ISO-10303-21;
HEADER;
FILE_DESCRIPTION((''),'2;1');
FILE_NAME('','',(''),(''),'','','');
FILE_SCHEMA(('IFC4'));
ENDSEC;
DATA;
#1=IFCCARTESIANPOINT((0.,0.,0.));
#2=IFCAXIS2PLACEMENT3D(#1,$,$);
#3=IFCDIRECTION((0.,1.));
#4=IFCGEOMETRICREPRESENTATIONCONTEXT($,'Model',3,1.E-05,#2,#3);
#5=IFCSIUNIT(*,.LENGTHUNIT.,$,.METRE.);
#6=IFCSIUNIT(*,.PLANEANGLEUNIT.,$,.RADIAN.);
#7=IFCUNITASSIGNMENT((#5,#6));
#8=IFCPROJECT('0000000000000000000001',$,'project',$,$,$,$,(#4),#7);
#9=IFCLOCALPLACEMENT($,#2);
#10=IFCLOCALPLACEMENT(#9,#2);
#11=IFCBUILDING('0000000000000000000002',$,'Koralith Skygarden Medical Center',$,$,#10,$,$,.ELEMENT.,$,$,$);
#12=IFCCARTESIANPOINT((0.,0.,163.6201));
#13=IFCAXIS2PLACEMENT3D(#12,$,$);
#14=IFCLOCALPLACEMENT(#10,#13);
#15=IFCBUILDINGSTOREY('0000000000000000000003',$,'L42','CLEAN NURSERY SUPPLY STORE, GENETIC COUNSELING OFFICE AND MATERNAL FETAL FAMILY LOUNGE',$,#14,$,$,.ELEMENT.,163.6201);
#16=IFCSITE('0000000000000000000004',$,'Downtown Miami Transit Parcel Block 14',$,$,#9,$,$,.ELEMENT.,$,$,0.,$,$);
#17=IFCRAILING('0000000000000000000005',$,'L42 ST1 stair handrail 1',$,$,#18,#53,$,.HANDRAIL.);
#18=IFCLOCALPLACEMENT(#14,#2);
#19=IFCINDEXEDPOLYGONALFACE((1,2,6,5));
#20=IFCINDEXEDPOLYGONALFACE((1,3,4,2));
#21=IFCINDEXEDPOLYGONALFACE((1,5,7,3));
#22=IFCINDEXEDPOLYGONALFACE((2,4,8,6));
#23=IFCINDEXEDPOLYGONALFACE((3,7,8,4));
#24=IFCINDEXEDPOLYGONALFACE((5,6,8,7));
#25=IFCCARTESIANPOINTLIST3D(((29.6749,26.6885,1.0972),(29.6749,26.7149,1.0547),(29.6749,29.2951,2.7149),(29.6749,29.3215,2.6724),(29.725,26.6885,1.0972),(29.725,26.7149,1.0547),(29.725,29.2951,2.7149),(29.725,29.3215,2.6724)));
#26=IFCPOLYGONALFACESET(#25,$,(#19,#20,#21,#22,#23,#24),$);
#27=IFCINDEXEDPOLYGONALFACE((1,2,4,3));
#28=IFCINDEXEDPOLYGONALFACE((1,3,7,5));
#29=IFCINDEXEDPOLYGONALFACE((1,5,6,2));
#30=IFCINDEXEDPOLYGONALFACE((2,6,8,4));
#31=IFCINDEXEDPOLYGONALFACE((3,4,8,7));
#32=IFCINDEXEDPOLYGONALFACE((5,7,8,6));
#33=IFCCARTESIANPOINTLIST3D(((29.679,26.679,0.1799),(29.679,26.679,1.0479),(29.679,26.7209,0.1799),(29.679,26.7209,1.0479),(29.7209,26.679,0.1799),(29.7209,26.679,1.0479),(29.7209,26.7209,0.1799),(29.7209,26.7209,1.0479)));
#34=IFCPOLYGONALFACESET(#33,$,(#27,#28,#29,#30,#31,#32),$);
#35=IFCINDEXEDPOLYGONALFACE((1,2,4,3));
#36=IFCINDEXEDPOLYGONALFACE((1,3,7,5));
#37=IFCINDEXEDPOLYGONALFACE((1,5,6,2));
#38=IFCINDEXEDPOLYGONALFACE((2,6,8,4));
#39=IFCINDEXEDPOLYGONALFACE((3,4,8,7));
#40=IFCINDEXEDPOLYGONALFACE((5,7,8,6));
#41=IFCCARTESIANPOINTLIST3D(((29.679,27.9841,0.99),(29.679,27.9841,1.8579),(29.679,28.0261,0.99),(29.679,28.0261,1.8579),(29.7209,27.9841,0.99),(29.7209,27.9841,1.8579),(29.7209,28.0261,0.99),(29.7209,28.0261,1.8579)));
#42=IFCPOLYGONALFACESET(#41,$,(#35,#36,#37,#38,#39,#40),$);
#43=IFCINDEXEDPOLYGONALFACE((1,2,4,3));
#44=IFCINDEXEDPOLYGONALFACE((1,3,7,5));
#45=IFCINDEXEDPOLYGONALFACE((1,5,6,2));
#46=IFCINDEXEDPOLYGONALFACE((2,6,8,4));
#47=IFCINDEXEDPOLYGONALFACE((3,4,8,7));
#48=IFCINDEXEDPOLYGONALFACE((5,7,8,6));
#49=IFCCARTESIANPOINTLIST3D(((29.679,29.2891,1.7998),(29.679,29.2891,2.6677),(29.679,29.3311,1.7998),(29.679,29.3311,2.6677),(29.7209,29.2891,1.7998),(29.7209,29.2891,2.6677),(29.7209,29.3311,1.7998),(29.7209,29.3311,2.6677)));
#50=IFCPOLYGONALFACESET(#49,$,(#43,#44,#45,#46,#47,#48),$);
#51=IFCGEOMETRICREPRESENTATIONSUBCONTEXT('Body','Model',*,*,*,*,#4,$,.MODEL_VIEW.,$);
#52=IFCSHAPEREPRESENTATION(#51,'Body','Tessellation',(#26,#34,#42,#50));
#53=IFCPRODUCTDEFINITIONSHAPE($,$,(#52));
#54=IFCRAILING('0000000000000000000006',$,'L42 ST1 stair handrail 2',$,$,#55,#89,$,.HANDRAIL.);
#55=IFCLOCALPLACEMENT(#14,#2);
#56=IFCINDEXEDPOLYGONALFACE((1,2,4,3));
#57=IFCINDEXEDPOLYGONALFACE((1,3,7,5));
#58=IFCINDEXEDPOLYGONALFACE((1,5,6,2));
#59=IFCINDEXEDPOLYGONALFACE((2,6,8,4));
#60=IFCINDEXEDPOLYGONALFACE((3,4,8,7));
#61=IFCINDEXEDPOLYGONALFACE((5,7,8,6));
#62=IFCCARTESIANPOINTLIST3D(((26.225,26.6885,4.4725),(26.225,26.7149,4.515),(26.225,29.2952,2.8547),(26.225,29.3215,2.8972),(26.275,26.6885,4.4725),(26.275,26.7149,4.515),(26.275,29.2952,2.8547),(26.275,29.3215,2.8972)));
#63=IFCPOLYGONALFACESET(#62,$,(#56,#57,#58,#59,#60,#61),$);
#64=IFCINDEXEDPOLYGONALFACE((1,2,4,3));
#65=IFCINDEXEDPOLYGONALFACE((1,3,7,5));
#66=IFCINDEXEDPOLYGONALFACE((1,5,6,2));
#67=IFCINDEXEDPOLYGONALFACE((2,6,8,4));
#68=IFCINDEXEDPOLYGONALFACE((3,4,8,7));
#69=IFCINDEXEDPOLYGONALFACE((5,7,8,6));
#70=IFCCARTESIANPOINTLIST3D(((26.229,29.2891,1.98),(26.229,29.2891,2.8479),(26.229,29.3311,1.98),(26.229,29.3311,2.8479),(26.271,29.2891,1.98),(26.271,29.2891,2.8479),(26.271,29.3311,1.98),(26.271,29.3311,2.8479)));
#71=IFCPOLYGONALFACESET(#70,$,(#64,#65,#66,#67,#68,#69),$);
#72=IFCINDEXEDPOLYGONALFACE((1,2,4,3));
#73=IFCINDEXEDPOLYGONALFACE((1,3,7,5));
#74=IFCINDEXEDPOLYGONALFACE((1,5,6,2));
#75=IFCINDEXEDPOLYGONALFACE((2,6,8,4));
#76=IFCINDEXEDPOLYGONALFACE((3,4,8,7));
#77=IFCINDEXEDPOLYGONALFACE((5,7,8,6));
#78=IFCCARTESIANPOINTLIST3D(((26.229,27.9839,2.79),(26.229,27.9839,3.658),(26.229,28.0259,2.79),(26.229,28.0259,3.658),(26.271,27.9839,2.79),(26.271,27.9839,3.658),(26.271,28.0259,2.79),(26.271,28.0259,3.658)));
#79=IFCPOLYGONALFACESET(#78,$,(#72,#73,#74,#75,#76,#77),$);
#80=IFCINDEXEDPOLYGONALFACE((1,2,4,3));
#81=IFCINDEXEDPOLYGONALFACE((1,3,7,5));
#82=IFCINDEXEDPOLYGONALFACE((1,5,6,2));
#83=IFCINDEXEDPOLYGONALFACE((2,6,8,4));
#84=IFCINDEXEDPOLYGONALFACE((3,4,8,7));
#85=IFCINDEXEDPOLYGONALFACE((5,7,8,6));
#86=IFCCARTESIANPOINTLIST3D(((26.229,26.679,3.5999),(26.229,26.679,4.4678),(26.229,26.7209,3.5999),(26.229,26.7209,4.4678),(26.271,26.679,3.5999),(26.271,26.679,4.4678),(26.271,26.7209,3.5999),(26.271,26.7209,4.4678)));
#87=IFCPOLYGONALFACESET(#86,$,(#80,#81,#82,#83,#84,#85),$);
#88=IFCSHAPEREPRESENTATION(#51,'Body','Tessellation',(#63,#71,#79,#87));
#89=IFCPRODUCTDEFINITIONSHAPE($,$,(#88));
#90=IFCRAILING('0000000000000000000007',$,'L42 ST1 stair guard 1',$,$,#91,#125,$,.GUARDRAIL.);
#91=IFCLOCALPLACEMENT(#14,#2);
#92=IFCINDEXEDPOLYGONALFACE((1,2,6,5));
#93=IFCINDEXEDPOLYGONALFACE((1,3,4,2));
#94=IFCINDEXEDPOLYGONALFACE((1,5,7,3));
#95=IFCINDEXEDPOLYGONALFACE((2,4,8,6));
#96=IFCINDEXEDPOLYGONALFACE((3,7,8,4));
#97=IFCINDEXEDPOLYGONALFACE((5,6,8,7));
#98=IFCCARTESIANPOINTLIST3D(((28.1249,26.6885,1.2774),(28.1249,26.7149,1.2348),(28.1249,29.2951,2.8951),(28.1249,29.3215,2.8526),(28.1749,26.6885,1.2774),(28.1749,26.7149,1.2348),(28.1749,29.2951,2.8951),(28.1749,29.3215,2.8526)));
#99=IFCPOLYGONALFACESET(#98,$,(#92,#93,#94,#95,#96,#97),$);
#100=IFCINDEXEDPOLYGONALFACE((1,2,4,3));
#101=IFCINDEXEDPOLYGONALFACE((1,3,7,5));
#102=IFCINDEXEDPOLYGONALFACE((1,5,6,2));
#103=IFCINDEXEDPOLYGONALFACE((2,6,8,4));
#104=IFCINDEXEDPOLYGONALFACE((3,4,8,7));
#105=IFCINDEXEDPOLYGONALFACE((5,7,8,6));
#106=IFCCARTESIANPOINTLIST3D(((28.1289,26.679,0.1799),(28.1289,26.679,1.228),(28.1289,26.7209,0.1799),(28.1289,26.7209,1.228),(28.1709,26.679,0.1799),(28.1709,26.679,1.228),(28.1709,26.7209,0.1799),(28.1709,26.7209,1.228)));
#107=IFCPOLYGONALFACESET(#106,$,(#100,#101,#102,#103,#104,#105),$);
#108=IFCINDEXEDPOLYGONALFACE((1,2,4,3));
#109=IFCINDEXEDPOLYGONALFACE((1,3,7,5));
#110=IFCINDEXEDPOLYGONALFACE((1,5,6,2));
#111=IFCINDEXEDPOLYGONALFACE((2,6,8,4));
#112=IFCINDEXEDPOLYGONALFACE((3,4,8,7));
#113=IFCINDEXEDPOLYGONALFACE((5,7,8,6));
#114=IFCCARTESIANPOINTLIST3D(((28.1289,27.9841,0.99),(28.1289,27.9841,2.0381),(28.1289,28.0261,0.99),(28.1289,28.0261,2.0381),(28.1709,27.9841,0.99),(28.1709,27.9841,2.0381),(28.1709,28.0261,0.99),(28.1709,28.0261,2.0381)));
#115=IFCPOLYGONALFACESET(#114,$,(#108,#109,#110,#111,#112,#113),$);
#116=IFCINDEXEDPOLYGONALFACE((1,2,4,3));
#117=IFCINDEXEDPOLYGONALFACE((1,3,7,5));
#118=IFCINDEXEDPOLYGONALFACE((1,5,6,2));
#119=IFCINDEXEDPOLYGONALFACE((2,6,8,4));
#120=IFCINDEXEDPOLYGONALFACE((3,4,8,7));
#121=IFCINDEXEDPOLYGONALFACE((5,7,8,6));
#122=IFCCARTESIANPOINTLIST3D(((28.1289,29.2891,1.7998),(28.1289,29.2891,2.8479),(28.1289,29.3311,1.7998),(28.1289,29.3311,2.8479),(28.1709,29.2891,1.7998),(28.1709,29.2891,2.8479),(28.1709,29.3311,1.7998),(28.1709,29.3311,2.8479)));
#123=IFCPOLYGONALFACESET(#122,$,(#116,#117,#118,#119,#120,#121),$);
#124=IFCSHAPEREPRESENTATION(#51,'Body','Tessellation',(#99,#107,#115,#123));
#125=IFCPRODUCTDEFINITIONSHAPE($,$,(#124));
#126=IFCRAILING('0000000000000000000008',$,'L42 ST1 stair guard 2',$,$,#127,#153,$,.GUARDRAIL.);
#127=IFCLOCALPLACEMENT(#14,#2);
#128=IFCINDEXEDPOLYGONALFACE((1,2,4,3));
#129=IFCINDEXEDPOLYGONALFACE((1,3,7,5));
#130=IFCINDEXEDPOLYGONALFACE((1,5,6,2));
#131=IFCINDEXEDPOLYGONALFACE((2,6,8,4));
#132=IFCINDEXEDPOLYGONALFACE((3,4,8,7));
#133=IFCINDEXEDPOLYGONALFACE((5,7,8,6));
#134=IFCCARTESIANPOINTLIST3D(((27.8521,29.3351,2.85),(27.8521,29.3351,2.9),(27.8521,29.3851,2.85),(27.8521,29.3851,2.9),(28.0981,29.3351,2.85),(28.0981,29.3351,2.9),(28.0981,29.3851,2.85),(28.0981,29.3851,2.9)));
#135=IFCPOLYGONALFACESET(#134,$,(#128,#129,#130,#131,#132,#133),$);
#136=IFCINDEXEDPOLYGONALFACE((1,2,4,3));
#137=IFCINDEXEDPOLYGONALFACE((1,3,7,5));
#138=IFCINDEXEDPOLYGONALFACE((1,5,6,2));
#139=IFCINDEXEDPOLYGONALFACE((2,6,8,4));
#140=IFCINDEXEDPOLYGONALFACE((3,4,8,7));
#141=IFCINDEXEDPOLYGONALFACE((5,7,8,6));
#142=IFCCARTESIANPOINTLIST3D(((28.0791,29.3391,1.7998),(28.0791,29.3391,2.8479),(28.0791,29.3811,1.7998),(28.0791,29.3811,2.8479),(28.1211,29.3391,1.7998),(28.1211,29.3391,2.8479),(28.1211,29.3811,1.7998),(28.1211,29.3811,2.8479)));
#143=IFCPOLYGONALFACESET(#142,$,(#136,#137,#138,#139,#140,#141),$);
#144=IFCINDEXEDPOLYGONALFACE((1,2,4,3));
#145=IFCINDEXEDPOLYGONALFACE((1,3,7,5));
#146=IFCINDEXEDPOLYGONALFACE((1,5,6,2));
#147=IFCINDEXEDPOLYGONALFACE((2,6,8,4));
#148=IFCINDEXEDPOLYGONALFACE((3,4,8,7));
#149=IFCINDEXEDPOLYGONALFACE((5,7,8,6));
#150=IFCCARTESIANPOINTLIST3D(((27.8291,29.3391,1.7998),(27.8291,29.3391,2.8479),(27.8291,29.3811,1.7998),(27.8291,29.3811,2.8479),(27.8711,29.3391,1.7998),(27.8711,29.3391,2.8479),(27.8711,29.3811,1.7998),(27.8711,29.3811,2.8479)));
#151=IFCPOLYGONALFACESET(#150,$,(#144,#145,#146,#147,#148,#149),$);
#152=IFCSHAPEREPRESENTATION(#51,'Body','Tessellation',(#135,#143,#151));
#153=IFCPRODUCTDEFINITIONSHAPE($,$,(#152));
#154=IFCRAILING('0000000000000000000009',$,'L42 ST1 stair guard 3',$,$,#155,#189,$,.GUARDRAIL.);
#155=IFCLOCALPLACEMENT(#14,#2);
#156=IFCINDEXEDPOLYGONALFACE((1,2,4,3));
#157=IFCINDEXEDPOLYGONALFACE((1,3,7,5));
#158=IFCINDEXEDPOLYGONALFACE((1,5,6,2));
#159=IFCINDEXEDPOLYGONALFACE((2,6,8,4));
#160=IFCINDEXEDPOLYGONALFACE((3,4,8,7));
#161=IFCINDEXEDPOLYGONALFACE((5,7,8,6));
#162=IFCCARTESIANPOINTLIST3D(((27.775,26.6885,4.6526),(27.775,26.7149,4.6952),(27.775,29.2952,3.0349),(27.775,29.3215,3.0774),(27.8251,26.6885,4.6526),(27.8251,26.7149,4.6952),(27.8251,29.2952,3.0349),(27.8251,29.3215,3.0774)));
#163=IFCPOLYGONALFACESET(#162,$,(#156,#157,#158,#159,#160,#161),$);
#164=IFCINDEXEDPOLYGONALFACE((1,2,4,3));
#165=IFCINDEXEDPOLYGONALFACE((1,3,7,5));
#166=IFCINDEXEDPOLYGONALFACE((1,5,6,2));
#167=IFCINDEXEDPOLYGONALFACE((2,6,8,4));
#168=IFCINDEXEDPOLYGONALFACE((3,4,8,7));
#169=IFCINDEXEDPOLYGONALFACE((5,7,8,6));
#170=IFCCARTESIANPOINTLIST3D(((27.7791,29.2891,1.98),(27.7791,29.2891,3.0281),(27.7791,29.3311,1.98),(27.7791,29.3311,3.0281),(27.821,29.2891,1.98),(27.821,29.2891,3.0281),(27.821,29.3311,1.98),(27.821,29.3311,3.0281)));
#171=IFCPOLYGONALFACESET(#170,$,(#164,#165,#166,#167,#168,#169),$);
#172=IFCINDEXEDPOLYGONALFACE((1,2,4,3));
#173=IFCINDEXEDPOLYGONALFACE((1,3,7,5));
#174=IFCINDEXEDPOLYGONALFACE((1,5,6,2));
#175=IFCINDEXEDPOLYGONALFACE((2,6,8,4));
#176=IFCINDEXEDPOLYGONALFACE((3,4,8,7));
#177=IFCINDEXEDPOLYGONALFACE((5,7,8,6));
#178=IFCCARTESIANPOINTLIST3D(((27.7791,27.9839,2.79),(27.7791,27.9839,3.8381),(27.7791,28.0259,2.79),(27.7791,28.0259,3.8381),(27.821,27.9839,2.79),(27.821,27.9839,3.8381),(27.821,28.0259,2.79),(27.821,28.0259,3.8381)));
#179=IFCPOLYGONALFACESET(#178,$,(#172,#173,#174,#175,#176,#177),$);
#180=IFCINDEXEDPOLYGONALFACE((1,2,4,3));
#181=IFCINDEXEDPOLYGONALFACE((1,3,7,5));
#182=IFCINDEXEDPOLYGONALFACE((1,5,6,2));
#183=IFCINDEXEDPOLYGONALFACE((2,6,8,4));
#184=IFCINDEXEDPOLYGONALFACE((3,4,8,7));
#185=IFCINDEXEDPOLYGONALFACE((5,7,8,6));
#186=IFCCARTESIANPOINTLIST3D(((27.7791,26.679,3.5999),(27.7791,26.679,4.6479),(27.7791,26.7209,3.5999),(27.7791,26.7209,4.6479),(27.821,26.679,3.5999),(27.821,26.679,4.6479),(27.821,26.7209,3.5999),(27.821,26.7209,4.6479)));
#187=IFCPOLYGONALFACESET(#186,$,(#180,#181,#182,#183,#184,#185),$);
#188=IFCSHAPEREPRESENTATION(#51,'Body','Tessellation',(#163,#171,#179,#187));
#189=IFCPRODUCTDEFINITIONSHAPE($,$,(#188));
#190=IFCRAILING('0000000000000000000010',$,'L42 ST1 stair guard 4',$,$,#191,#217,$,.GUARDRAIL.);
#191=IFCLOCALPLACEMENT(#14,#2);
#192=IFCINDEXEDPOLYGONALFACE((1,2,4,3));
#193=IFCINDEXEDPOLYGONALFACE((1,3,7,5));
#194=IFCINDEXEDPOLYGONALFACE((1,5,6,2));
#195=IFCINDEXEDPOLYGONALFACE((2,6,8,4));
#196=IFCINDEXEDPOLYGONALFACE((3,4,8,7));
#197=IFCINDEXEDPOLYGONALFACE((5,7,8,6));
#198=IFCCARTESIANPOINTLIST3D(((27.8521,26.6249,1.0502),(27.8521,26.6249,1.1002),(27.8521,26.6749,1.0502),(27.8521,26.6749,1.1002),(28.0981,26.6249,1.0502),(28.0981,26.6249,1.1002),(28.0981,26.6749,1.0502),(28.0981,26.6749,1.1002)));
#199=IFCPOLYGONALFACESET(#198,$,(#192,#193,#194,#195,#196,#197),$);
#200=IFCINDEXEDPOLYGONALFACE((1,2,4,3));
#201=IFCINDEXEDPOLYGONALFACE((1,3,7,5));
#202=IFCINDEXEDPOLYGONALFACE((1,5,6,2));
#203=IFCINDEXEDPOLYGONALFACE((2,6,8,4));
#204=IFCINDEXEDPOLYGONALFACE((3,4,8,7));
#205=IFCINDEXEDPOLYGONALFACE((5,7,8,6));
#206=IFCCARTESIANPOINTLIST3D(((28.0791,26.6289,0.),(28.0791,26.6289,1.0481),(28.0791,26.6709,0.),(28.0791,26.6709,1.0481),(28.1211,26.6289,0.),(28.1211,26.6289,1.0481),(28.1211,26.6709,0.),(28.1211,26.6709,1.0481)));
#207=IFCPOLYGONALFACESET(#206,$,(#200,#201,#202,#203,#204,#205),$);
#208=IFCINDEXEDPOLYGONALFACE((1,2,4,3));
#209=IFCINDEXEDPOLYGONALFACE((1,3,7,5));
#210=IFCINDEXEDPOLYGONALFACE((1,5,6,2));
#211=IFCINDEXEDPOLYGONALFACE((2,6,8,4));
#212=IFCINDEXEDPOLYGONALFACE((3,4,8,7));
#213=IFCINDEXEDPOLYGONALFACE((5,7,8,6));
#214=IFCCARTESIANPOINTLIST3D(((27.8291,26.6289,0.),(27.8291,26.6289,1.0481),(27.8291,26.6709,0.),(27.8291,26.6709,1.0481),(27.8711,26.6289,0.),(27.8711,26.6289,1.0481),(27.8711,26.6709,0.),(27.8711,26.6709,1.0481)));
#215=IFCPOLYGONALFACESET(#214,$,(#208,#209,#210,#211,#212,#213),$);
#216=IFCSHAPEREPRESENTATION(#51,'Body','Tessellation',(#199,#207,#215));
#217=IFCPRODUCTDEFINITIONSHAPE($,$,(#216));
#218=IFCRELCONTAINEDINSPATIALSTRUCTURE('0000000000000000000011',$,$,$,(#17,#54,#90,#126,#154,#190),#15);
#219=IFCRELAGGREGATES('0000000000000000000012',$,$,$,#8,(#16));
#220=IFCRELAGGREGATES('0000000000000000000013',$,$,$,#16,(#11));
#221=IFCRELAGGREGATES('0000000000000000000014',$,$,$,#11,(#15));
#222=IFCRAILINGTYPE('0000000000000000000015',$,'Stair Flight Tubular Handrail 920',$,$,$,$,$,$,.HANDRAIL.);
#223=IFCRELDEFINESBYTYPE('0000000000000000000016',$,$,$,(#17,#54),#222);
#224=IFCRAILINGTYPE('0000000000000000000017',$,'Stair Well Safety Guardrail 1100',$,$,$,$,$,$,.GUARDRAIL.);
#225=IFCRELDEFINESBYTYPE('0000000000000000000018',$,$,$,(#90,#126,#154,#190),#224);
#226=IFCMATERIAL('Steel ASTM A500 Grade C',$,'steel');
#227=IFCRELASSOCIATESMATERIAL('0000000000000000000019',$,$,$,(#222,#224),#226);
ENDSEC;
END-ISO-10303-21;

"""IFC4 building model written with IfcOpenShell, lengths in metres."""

from ifc_helpers import new_model, si_unit, direction, frame, origin, origin_2d, place, context, subcontext, project, spatial, rectangle, extrude, material, type_object, element, save


model = new_model("IFC4")

# Units and contexts
model_context = context("Model", 3, precision=1e-05, world=origin(), true_north=direction((0.0, 1.0)))
body_context = subcontext(model_context, "Body", "Model", "MODEL_VIEW")
ifc_project = project(units=[si_unit("LENGTHUNIT", "METRE"), si_unit("PLANEANGLEUNIT", "RADIAN")], contexts=[model_context])

# Site, building, storey
site_placement = place(None, origin())
site = spatial("IfcSite", under=ifc_project, at=site_placement, Name="Downtown Miami Transit Parcel Block 14", CompositionType="ELEMENT", RefElevation=0.0)
building_placement = place(site_placement, origin())
building = spatial("IfcBuilding", under=site, at=building_placement, Name="Koralith Skygarden Medical Center", CompositionType="ELEMENT")
storey_placement = place(building_placement, frame((0.0, 0.0, 163.6201)))
storey = spatial("IfcBuildingStorey", under=building, at=storey_placement, Name="L42", Description="CLEAN NURSERY SUPPLY STORE, GENETIC COUNSELING OFFICE AND MATERNAL FETAL FAMILY LOUNGE", CompositionType="ELEMENT", Elevation=163.6201)

# Shared definitions
ifc_material_1 = material(Name="Steel ASTM A500 Grade C", Category="steel")

# Railings
railing_type_1 = type_object("IfcRailingType", Name="Stair Flight Tubular Handrail 920", PredefinedType="HANDRAIL", material=ifc_material_1)
railing_1_placement = place(storey_placement, frame((29.7, 26.7, 0.1799)))
element("IfcRailing", 1, at=railing_1_placement, inside=storey, type_object=railing_type_1, Name="L42 ST1 stair handrail 1", PredefinedType="HANDRAIL", context=body_context, shape_type="SweptSolid", body=[
    extrude(rectangle(XDim=0.05, YDim=0.05, at=origin_2d()), frame((0.0, 0.0017, 0.896), z_axis=(0.0, 0.849668, 0.527317), x_axis=(-1.0, 0.0, 0.0)), (0.0, 0.0, 1.0), 3.0679),
    extrude(rectangle(XDim=0.042, YDim=0.042, at=origin_2d()), origin(), (0.0, 0.0, 1.0), 0.8679),
    extrude(rectangle(XDim=0.042, YDim=0.042, at=origin_2d()), frame((0.0, 1.3052, 0.8101)), (0.0, 0.0, 1.0), 0.8679),
    extrude(rectangle(XDim=0.042, YDim=0.042, at=origin_2d()), frame((0.0, 2.6101, 1.6199)), (0.0, 0.0, 1.0), 0.8679),
])
railing_2_placement = place(storey_placement, frame((26.25, 29.3101, 1.98)))
element("IfcRailing", 2, at=railing_2_placement, inside=storey, type_object=railing_type_1, Name="L42 ST1 stair handrail 2", PredefinedType="HANDRAIL", context=body_context, shape_type="SweptSolid", body=[
    extrude(rectangle(XDim=0.05, YDim=0.05, at=origin_2d()), frame((0.0, -0.0017, 0.896), z_axis=(0.0, -0.849668, 0.527317), x_axis=(1.0, 0.0, 0.0)), (0.0, 0.0, 1.0), 3.0679),
    extrude(rectangle(XDim=0.042, YDim=0.042, at=origin_2d()), origin(), (0.0, 0.0, 1.0), 0.8679),
    extrude(rectangle(XDim=0.042, YDim=0.042, at=origin_2d()), frame((0.0, -1.3052, 0.8101)), (0.0, 0.0, 1.0), 0.8679),
    extrude(rectangle(XDim=0.042, YDim=0.042, at=origin_2d()), frame((0.0, -2.6101, 1.6199)), (0.0, 0.0, 1.0), 0.8679),
])
railing_type_2 = type_object("IfcRailingType", Name="Stair Well Safety Guardrail 1100", PredefinedType="GUARDRAIL", material=ifc_material_1)
railing_3_placement = place(storey_placement, frame((28.1499, 26.7, 0.1799)))
element("IfcRailing", 3, at=railing_3_placement, inside=storey, type_object=railing_type_2, Name="L42 ST1 stair guard 1", PredefinedType="GUARDRAIL", context=body_context, shape_type="SweptSolid", body=[
    extrude(rectangle(XDim=0.05, YDim=0.05, at=origin_2d()), frame((0.0, 0.0017, 1.0762), z_axis=(0.0, 0.849668, 0.527317), x_axis=(-1.0, 0.0, 0.0)), (0.0, 0.0, 1.0), 3.0679),
    extrude(rectangle(XDim=0.042, YDim=0.042, at=origin_2d()), origin(), (0.0, 0.0, 1.0), 1.0481),
    extrude(rectangle(XDim=0.042, YDim=0.042, at=origin_2d()), frame((0.0, 1.3052, 0.8101)), (0.0, 0.0, 1.0), 1.0481),
    extrude(rectangle(XDim=0.042, YDim=0.042, at=origin_2d()), frame((0.0, 2.6101, 1.6199)), (0.0, 0.0, 1.0), 1.0481),
])
railing_4_placement = place(storey_placement, frame((28.1001, 29.3601, 1.7998)))
element("IfcRailing", 4, at=railing_4_placement, inside=storey, type_object=railing_type_2, Name="L42 ST1 stair guard 2", PredefinedType="GUARDRAIL", context=body_context, shape_type="SweptSolid", body=[
    extrude(rectangle(XDim=0.05, YDim=0.05, at=origin_2d()), frame((-0.002, 0.0, 1.0752), z_axis=(-1.0, 0.0, 0.0), x_axis=(0.0, -1.0, 0.0)), (0.0, 0.0, 1.0), 0.2461),
    extrude(rectangle(XDim=0.042, YDim=0.042, at=origin_2d()), origin(), (0.0, 0.0, 1.0), 1.0481),
    extrude(rectangle(XDim=0.042, YDim=0.042, at=origin_2d()), frame((-0.25, 0.0, 0.0)), (0.0, 0.0, 1.0), 1.0481),
])
railing_5_placement = place(storey_placement, frame((27.8, 29.3101, 1.98)))
element("IfcRailing", 5, at=railing_5_placement, inside=storey, type_object=railing_type_2, Name="L42 ST1 stair guard 3", PredefinedType="GUARDRAIL", context=body_context, shape_type="SweptSolid", body=[
    extrude(rectangle(XDim=0.05, YDim=0.05, at=origin_2d()), frame((0.0, -0.0017, 1.0762), z_axis=(0.0, -0.849668, 0.527317), x_axis=(1.0, 0.0, 0.0)), (0.0, 0.0, 1.0), 3.0679),
    extrude(rectangle(XDim=0.042, YDim=0.042, at=origin_2d()), origin(), (0.0, 0.0, 1.0), 1.0481),
    extrude(rectangle(XDim=0.042, YDim=0.042, at=origin_2d()), frame((0.0, -1.3052, 0.8101)), (0.0, 0.0, 1.0), 1.0481),
    extrude(rectangle(XDim=0.042, YDim=0.042, at=origin_2d()), frame((0.0, -2.6101, 1.6199)), (0.0, 0.0, 1.0), 1.0481),
])
railing_6_placement = place(storey_placement, frame((28.1001, 26.6499, 0.0)))
element("IfcRailing", 6, at=railing_6_placement, inside=storey, type_object=railing_type_2, Name="L42 ST1 stair guard 4", PredefinedType="GUARDRAIL", context=body_context, shape_type="SweptSolid", body=[
    extrude(rectangle(XDim=0.05, YDim=0.05, at=origin_2d()), frame((-0.002, 0.0, 1.0752), z_axis=(-1.0, 0.0, 0.0), x_axis=(0.0, -1.0, 0.0)), (0.0, 0.0, 1.0), 0.2461),
    extrude(rectangle(XDim=0.042, YDim=0.042, at=origin_2d()), origin(), (0.0, 0.0, 1.0), 1.0481),
    extrude(rectangle(XDim=0.042, YDim=0.042, at=origin_2d()), frame((-0.25, 0.0, 0.0)), (0.0, 0.0, 1.0), 1.0481),
])

save(model, "model.ifc")
